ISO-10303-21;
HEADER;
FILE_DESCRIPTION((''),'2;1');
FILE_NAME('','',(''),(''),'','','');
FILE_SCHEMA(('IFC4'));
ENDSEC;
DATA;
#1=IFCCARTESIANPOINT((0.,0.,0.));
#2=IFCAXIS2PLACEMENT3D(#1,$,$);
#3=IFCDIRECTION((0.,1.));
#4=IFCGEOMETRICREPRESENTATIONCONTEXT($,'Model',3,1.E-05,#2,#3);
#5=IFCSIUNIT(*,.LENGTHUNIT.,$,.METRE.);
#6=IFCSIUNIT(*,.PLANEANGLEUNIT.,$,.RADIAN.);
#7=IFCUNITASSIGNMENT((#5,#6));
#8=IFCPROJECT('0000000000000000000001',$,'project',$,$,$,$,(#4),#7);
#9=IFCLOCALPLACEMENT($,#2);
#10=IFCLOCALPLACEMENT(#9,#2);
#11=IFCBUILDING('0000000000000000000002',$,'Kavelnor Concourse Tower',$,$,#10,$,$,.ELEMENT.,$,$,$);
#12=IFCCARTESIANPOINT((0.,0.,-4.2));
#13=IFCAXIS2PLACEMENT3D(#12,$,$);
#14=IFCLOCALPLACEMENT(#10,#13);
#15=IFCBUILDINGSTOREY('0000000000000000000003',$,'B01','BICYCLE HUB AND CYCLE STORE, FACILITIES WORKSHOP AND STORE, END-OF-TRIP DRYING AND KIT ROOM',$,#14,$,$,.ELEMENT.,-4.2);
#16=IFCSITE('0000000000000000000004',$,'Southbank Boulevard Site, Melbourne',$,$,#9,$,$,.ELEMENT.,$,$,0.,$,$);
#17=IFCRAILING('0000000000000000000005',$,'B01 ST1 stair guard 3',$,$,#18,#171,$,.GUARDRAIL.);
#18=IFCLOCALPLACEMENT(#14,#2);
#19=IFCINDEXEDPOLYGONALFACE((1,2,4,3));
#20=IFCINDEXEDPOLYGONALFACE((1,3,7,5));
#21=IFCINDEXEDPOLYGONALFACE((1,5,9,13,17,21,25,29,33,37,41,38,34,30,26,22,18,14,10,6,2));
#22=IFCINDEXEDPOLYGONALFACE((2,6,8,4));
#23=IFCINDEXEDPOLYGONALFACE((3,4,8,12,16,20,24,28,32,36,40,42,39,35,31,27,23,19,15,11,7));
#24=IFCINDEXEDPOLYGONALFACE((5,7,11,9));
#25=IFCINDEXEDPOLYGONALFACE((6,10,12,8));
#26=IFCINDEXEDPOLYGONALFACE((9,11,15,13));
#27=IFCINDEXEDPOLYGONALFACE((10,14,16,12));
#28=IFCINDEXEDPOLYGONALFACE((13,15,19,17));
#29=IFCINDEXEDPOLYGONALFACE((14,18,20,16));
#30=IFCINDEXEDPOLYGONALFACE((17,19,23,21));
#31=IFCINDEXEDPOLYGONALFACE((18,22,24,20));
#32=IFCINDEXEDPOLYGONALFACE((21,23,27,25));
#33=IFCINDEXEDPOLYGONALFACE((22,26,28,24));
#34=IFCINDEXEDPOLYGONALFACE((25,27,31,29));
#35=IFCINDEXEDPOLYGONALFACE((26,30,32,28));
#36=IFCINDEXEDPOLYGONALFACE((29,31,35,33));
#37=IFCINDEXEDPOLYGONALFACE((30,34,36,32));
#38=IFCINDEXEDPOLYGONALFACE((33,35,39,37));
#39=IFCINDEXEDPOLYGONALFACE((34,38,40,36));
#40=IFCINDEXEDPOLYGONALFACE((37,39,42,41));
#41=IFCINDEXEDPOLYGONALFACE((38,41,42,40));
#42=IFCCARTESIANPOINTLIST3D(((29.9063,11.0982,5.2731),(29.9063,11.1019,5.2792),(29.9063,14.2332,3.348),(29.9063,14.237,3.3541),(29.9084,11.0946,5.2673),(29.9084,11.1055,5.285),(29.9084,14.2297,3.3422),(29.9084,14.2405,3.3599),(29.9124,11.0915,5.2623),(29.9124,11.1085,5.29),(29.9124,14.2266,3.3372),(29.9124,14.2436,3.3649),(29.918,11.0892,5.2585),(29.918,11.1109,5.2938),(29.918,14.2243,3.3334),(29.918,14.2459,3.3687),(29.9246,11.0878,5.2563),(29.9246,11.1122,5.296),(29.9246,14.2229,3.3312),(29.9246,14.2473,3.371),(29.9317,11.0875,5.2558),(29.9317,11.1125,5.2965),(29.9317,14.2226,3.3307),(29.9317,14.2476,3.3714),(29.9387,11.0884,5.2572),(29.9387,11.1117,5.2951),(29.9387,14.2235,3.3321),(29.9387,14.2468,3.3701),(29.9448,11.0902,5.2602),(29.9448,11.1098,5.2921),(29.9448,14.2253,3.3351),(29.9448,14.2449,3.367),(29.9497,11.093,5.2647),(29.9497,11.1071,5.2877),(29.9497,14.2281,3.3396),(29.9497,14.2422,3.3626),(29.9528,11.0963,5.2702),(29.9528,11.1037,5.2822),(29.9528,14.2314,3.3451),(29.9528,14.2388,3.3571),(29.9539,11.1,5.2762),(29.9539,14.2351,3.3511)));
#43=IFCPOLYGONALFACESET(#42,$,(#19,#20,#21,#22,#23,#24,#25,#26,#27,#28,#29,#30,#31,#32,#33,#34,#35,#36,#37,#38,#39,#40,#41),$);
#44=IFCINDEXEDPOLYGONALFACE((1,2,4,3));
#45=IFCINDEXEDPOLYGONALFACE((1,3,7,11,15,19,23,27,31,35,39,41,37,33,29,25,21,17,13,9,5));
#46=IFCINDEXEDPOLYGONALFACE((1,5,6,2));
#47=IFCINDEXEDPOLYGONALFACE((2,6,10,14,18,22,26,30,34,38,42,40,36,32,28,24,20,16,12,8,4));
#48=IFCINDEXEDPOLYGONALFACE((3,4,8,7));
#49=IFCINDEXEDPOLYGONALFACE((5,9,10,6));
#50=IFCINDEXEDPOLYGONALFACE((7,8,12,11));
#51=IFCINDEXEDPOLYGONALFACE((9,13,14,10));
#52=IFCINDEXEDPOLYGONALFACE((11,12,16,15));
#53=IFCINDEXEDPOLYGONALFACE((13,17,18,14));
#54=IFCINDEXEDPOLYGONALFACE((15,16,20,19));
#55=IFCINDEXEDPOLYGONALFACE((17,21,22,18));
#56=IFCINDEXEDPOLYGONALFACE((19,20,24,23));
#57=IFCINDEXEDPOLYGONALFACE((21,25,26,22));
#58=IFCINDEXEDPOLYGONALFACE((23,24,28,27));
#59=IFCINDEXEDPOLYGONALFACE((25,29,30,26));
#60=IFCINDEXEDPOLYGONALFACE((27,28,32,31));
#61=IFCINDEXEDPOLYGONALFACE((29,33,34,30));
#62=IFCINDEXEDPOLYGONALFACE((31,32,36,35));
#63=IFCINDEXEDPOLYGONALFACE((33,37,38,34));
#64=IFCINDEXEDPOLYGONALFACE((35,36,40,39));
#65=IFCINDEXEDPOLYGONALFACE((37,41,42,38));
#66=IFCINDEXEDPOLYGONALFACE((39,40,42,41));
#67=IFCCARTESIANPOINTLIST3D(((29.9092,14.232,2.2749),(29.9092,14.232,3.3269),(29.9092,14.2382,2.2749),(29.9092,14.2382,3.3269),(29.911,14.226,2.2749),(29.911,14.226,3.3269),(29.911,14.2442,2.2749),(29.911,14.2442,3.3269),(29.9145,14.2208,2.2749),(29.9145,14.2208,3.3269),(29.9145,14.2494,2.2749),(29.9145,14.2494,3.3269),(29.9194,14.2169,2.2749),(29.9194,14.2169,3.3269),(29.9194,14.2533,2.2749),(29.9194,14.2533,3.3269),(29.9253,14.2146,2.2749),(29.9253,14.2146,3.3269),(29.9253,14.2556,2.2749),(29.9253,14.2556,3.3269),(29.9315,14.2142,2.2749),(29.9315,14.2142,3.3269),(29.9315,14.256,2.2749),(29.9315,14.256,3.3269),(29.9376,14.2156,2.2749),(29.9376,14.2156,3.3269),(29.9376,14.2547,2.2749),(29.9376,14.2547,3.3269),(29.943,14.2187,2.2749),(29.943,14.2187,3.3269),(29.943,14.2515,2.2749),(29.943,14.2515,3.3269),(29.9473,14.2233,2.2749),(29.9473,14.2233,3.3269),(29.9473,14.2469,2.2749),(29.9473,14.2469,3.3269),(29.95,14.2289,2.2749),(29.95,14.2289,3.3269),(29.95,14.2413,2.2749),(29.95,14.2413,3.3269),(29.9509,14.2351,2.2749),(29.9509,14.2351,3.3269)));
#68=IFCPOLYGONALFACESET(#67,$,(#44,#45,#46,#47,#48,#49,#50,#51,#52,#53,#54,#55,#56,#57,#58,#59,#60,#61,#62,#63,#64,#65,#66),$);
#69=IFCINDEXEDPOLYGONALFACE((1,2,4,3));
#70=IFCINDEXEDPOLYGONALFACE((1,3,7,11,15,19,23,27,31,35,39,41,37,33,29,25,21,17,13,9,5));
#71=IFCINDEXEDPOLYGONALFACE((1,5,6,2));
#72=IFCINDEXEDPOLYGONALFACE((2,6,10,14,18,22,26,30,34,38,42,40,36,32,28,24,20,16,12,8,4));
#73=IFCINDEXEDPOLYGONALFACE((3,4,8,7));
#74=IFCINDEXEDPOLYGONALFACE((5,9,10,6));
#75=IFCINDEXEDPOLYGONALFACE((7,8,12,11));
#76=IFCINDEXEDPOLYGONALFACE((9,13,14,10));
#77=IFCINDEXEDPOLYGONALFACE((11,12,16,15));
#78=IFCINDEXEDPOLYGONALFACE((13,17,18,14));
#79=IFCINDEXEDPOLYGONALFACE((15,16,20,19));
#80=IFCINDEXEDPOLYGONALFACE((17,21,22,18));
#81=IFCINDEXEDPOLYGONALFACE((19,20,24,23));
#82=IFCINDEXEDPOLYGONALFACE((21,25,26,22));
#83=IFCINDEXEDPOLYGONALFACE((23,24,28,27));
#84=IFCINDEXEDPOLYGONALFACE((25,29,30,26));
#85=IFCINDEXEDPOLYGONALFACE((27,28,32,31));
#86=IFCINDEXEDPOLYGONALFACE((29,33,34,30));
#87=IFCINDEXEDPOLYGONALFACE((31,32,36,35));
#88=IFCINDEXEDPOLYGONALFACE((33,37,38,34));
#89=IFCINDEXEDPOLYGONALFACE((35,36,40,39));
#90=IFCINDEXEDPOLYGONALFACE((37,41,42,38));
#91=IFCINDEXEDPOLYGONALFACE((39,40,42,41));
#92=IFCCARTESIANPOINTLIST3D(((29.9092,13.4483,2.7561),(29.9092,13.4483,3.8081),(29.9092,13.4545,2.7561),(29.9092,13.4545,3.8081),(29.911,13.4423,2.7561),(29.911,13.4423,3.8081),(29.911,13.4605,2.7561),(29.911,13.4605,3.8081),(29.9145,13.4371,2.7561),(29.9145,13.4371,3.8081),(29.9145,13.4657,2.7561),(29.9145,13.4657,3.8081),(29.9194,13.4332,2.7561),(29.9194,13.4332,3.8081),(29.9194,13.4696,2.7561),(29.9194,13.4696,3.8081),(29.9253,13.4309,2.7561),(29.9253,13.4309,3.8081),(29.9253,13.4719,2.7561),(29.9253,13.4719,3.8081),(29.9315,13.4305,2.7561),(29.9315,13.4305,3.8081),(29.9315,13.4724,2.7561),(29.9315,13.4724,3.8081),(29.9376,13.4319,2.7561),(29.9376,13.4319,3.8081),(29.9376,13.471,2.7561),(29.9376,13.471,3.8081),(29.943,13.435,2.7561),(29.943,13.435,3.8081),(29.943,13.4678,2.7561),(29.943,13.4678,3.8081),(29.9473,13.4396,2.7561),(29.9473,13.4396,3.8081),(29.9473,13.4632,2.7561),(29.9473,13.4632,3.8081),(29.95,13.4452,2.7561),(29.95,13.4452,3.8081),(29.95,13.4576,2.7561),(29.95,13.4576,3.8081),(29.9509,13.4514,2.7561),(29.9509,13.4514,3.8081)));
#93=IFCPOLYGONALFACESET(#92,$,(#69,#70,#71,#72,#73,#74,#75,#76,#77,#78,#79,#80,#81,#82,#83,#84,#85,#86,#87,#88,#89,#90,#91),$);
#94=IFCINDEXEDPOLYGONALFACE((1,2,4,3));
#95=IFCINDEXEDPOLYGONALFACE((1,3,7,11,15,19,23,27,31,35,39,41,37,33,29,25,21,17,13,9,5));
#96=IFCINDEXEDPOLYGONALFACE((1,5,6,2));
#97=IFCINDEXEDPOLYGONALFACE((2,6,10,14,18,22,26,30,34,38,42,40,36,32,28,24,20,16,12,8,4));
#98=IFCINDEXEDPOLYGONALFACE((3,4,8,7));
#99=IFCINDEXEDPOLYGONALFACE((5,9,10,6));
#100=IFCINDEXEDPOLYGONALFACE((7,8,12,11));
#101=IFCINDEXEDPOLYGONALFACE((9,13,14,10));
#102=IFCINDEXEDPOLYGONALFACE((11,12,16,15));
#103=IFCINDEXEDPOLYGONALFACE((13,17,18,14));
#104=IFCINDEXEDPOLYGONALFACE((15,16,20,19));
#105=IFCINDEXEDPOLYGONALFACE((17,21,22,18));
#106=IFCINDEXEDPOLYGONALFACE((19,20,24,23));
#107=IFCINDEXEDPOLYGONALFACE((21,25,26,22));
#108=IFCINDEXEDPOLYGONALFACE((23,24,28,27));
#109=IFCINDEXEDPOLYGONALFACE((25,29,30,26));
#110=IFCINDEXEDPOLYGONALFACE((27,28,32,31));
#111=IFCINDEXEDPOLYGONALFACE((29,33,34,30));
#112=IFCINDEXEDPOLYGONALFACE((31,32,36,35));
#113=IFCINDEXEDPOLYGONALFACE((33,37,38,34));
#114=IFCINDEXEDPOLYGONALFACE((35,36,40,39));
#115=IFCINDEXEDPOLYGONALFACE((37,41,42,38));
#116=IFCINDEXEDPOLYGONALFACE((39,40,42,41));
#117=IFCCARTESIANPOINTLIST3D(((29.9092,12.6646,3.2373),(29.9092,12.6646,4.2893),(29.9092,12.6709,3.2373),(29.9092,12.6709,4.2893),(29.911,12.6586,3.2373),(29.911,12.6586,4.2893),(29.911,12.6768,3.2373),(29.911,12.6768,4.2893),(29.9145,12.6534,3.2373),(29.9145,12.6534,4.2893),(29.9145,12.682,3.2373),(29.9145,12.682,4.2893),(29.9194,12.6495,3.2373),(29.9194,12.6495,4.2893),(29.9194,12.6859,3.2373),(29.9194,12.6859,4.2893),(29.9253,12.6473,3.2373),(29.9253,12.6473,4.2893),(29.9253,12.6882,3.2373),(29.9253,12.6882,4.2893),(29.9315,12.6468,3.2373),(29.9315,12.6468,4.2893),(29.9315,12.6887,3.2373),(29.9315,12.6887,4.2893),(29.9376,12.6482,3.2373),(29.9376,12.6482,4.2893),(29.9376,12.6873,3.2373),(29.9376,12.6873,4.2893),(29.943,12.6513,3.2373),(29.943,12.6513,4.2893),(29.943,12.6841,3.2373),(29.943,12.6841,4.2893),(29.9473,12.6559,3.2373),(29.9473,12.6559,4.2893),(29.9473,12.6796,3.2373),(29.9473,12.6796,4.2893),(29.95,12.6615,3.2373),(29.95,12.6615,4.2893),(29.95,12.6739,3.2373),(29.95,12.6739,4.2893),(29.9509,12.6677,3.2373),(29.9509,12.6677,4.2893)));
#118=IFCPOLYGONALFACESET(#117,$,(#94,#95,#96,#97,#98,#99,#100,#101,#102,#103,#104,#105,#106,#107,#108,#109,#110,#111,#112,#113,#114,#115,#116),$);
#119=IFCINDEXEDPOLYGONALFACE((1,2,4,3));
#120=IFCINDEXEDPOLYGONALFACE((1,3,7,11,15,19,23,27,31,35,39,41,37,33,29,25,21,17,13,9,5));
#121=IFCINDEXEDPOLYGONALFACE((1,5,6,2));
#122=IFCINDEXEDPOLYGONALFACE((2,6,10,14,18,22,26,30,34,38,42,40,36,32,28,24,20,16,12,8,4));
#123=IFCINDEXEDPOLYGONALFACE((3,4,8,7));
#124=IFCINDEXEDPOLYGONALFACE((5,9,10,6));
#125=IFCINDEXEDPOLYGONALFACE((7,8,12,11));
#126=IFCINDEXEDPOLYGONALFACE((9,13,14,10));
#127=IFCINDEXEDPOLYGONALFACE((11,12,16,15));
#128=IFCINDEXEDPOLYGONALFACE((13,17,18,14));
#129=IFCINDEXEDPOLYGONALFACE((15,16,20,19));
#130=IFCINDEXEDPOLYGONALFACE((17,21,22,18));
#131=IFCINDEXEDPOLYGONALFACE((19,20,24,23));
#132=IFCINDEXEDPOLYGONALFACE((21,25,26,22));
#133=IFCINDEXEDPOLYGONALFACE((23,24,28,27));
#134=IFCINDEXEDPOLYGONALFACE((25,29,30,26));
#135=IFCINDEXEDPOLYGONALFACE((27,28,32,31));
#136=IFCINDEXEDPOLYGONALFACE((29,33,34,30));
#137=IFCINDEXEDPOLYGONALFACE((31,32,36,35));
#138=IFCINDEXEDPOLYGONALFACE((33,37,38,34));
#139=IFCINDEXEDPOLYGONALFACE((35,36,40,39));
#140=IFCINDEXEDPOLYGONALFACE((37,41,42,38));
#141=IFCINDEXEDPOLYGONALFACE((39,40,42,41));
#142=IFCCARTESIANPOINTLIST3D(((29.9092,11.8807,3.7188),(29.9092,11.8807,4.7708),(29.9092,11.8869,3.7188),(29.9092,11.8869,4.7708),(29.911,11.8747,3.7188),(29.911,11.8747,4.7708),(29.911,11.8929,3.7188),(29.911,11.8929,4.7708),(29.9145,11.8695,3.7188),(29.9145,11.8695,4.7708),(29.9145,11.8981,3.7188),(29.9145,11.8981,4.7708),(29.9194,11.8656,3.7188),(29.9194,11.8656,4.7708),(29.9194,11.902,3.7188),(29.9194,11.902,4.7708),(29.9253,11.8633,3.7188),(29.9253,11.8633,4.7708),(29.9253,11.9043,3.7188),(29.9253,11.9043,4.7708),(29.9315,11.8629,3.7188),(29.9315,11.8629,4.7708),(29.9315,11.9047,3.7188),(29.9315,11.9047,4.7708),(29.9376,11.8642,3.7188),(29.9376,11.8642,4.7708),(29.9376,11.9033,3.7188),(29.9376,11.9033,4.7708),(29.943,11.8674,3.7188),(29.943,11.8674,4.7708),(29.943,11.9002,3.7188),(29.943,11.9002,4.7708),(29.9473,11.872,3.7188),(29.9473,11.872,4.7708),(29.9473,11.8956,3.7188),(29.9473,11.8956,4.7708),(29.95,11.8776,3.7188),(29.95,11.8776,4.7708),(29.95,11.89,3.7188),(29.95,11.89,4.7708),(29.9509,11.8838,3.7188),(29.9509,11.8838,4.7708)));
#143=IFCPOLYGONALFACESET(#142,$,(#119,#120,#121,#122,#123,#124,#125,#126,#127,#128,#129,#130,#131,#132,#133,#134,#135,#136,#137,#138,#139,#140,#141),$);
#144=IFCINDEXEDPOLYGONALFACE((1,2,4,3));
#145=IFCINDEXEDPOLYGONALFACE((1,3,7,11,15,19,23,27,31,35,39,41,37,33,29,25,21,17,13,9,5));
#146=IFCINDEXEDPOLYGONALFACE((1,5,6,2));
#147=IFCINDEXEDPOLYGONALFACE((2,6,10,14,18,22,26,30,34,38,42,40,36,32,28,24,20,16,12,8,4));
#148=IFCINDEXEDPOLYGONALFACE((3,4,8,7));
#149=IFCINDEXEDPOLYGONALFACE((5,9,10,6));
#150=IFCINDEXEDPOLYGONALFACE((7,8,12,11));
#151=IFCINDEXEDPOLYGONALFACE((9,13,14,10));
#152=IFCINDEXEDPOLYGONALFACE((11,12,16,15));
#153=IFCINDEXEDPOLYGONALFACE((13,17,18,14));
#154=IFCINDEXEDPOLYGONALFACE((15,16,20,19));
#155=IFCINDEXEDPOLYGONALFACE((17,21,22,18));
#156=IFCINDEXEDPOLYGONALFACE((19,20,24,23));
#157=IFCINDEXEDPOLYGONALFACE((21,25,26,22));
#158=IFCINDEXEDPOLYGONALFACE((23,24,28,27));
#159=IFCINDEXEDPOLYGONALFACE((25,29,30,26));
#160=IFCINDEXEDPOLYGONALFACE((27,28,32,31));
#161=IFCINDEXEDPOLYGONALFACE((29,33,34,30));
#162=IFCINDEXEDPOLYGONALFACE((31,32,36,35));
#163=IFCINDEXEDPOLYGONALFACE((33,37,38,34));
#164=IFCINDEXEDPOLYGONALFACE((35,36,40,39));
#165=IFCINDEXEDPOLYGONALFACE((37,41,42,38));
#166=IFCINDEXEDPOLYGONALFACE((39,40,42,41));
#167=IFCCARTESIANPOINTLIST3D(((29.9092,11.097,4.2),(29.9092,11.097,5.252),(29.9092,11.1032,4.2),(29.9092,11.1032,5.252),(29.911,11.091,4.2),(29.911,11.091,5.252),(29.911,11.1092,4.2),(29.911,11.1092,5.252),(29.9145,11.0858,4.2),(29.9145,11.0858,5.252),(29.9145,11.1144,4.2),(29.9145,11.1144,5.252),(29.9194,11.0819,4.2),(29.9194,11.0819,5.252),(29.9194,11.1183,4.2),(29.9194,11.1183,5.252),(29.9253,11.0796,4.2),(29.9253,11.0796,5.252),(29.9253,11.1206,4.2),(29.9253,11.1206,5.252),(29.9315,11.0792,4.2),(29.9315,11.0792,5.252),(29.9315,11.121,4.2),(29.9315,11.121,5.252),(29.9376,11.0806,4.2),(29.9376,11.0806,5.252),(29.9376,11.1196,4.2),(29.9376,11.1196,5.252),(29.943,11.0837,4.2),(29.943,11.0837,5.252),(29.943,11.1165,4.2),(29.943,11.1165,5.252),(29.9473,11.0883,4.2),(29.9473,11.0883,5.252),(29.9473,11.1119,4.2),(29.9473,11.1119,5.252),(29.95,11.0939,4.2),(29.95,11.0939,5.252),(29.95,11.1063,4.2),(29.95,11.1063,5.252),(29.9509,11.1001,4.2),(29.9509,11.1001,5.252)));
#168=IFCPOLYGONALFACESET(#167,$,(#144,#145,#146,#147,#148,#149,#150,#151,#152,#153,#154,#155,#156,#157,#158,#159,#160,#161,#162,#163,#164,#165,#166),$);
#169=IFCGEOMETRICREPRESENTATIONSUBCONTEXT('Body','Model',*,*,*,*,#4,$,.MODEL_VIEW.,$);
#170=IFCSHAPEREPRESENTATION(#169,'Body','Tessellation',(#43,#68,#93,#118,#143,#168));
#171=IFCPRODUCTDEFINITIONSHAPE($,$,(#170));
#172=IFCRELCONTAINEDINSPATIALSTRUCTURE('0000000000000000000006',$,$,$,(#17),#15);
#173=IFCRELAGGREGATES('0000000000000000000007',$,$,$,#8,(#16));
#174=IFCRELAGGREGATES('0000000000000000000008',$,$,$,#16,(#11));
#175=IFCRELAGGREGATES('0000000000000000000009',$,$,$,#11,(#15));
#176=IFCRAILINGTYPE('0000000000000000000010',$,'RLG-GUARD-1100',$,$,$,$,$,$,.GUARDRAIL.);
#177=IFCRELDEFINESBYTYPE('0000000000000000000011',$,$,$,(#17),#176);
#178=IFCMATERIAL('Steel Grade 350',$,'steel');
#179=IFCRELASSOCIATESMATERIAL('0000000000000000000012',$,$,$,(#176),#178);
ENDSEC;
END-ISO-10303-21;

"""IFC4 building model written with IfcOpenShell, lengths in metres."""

from ifc_helpers import new_model, si_unit, direction, frame, origin, origin_2d, place, context, subcontext, project, spatial, circle, extrude, material, type_object, element, save


model = new_model("IFC4")

# Units and contexts
model_context = context("Model", 3, precision=1e-05, world=origin(), true_north=direction((0.0, 1.0)))
body_context = subcontext(model_context, "Body", "Model", "MODEL_VIEW")
ifc_project = project(units=[si_unit("LENGTHUNIT", "METRE"), si_unit("PLANEANGLEUNIT", "RADIAN")], contexts=[model_context])

# Site, building, storey
site_placement = place(None, origin())
site = spatial("IfcSite", under=ifc_project, at=site_placement, Name="Southbank Boulevard Site, Melbourne", CompositionType="ELEMENT", RefElevation=0.0)
building_placement = place(site_placement, origin())
building = spatial("IfcBuilding", under=site, at=building_placement, Name="Kavelnor Concourse Tower", CompositionType="ELEMENT")
storey_placement = place(building_placement, frame((0.0, 0.0, -4.2)))
storey = spatial("IfcBuildingStorey", under=building, at=storey_placement, Name="B01", Description="BICYCLE HUB AND CYCLE STORE, FACILITIES WORKSHOP AND STORE, END-OF-TRIP DRYING AND KIT ROOM", CompositionType="ELEMENT", Elevation=-4.2)

# Shared definitions
ifc_material_1 = material(Name="Steel Grade 350", Category="steel")

# Railing
railing_type_1 = type_object("IfcRailingType", Name="RLG-GUARD-1100", PredefinedType="GUARDRAIL", material=ifc_material_1)
railing_1_placement = place(storey_placement, frame((29.9299, 14.2351, 2.2749)))
element("IfcRailing", 1, at=railing_1_placement, inside=storey, type_object=railing_type_1, Name="B01 ST1 stair guard 3", PredefinedType="GUARDRAIL", context=body_context, shape_type="SweptSolid", body=[
    extrude(circle(Radius=0.0239, at=origin_2d()), frame((0.0, 0.0, 1.0762), z_axis=(0.0, -0.852166, 0.523271), x_axis=(1.0, 0.0, 0.0)), (0.0, 0.0, 1.0), 3.679),
    extrude(circle(Radius=0.021, at=origin_2d()), origin(), (0.0, 0.0, 1.0), 1.052),
    extrude(circle(Radius=0.021, at=origin_2d()), frame((0.0, -0.7837, 0.4812)), (0.0, 0.0, 1.0), 1.052),
    extrude(circle(Radius=0.021, at=origin_2d()), frame((0.0, -1.5674, 0.9624)), (0.0, 0.0, 1.0), 1.052),
    extrude(circle(Radius=0.021, at=origin_2d()), frame((0.0, -2.3513, 1.4438)), (0.0, 0.0, 1.0), 1.052),
    extrude(circle(Radius=0.021, at=origin_2d()), frame((0.0, -3.135, 1.925)), (0.0, 0.0, 1.0), 1.052),
])

save(model, "model.ifc")
